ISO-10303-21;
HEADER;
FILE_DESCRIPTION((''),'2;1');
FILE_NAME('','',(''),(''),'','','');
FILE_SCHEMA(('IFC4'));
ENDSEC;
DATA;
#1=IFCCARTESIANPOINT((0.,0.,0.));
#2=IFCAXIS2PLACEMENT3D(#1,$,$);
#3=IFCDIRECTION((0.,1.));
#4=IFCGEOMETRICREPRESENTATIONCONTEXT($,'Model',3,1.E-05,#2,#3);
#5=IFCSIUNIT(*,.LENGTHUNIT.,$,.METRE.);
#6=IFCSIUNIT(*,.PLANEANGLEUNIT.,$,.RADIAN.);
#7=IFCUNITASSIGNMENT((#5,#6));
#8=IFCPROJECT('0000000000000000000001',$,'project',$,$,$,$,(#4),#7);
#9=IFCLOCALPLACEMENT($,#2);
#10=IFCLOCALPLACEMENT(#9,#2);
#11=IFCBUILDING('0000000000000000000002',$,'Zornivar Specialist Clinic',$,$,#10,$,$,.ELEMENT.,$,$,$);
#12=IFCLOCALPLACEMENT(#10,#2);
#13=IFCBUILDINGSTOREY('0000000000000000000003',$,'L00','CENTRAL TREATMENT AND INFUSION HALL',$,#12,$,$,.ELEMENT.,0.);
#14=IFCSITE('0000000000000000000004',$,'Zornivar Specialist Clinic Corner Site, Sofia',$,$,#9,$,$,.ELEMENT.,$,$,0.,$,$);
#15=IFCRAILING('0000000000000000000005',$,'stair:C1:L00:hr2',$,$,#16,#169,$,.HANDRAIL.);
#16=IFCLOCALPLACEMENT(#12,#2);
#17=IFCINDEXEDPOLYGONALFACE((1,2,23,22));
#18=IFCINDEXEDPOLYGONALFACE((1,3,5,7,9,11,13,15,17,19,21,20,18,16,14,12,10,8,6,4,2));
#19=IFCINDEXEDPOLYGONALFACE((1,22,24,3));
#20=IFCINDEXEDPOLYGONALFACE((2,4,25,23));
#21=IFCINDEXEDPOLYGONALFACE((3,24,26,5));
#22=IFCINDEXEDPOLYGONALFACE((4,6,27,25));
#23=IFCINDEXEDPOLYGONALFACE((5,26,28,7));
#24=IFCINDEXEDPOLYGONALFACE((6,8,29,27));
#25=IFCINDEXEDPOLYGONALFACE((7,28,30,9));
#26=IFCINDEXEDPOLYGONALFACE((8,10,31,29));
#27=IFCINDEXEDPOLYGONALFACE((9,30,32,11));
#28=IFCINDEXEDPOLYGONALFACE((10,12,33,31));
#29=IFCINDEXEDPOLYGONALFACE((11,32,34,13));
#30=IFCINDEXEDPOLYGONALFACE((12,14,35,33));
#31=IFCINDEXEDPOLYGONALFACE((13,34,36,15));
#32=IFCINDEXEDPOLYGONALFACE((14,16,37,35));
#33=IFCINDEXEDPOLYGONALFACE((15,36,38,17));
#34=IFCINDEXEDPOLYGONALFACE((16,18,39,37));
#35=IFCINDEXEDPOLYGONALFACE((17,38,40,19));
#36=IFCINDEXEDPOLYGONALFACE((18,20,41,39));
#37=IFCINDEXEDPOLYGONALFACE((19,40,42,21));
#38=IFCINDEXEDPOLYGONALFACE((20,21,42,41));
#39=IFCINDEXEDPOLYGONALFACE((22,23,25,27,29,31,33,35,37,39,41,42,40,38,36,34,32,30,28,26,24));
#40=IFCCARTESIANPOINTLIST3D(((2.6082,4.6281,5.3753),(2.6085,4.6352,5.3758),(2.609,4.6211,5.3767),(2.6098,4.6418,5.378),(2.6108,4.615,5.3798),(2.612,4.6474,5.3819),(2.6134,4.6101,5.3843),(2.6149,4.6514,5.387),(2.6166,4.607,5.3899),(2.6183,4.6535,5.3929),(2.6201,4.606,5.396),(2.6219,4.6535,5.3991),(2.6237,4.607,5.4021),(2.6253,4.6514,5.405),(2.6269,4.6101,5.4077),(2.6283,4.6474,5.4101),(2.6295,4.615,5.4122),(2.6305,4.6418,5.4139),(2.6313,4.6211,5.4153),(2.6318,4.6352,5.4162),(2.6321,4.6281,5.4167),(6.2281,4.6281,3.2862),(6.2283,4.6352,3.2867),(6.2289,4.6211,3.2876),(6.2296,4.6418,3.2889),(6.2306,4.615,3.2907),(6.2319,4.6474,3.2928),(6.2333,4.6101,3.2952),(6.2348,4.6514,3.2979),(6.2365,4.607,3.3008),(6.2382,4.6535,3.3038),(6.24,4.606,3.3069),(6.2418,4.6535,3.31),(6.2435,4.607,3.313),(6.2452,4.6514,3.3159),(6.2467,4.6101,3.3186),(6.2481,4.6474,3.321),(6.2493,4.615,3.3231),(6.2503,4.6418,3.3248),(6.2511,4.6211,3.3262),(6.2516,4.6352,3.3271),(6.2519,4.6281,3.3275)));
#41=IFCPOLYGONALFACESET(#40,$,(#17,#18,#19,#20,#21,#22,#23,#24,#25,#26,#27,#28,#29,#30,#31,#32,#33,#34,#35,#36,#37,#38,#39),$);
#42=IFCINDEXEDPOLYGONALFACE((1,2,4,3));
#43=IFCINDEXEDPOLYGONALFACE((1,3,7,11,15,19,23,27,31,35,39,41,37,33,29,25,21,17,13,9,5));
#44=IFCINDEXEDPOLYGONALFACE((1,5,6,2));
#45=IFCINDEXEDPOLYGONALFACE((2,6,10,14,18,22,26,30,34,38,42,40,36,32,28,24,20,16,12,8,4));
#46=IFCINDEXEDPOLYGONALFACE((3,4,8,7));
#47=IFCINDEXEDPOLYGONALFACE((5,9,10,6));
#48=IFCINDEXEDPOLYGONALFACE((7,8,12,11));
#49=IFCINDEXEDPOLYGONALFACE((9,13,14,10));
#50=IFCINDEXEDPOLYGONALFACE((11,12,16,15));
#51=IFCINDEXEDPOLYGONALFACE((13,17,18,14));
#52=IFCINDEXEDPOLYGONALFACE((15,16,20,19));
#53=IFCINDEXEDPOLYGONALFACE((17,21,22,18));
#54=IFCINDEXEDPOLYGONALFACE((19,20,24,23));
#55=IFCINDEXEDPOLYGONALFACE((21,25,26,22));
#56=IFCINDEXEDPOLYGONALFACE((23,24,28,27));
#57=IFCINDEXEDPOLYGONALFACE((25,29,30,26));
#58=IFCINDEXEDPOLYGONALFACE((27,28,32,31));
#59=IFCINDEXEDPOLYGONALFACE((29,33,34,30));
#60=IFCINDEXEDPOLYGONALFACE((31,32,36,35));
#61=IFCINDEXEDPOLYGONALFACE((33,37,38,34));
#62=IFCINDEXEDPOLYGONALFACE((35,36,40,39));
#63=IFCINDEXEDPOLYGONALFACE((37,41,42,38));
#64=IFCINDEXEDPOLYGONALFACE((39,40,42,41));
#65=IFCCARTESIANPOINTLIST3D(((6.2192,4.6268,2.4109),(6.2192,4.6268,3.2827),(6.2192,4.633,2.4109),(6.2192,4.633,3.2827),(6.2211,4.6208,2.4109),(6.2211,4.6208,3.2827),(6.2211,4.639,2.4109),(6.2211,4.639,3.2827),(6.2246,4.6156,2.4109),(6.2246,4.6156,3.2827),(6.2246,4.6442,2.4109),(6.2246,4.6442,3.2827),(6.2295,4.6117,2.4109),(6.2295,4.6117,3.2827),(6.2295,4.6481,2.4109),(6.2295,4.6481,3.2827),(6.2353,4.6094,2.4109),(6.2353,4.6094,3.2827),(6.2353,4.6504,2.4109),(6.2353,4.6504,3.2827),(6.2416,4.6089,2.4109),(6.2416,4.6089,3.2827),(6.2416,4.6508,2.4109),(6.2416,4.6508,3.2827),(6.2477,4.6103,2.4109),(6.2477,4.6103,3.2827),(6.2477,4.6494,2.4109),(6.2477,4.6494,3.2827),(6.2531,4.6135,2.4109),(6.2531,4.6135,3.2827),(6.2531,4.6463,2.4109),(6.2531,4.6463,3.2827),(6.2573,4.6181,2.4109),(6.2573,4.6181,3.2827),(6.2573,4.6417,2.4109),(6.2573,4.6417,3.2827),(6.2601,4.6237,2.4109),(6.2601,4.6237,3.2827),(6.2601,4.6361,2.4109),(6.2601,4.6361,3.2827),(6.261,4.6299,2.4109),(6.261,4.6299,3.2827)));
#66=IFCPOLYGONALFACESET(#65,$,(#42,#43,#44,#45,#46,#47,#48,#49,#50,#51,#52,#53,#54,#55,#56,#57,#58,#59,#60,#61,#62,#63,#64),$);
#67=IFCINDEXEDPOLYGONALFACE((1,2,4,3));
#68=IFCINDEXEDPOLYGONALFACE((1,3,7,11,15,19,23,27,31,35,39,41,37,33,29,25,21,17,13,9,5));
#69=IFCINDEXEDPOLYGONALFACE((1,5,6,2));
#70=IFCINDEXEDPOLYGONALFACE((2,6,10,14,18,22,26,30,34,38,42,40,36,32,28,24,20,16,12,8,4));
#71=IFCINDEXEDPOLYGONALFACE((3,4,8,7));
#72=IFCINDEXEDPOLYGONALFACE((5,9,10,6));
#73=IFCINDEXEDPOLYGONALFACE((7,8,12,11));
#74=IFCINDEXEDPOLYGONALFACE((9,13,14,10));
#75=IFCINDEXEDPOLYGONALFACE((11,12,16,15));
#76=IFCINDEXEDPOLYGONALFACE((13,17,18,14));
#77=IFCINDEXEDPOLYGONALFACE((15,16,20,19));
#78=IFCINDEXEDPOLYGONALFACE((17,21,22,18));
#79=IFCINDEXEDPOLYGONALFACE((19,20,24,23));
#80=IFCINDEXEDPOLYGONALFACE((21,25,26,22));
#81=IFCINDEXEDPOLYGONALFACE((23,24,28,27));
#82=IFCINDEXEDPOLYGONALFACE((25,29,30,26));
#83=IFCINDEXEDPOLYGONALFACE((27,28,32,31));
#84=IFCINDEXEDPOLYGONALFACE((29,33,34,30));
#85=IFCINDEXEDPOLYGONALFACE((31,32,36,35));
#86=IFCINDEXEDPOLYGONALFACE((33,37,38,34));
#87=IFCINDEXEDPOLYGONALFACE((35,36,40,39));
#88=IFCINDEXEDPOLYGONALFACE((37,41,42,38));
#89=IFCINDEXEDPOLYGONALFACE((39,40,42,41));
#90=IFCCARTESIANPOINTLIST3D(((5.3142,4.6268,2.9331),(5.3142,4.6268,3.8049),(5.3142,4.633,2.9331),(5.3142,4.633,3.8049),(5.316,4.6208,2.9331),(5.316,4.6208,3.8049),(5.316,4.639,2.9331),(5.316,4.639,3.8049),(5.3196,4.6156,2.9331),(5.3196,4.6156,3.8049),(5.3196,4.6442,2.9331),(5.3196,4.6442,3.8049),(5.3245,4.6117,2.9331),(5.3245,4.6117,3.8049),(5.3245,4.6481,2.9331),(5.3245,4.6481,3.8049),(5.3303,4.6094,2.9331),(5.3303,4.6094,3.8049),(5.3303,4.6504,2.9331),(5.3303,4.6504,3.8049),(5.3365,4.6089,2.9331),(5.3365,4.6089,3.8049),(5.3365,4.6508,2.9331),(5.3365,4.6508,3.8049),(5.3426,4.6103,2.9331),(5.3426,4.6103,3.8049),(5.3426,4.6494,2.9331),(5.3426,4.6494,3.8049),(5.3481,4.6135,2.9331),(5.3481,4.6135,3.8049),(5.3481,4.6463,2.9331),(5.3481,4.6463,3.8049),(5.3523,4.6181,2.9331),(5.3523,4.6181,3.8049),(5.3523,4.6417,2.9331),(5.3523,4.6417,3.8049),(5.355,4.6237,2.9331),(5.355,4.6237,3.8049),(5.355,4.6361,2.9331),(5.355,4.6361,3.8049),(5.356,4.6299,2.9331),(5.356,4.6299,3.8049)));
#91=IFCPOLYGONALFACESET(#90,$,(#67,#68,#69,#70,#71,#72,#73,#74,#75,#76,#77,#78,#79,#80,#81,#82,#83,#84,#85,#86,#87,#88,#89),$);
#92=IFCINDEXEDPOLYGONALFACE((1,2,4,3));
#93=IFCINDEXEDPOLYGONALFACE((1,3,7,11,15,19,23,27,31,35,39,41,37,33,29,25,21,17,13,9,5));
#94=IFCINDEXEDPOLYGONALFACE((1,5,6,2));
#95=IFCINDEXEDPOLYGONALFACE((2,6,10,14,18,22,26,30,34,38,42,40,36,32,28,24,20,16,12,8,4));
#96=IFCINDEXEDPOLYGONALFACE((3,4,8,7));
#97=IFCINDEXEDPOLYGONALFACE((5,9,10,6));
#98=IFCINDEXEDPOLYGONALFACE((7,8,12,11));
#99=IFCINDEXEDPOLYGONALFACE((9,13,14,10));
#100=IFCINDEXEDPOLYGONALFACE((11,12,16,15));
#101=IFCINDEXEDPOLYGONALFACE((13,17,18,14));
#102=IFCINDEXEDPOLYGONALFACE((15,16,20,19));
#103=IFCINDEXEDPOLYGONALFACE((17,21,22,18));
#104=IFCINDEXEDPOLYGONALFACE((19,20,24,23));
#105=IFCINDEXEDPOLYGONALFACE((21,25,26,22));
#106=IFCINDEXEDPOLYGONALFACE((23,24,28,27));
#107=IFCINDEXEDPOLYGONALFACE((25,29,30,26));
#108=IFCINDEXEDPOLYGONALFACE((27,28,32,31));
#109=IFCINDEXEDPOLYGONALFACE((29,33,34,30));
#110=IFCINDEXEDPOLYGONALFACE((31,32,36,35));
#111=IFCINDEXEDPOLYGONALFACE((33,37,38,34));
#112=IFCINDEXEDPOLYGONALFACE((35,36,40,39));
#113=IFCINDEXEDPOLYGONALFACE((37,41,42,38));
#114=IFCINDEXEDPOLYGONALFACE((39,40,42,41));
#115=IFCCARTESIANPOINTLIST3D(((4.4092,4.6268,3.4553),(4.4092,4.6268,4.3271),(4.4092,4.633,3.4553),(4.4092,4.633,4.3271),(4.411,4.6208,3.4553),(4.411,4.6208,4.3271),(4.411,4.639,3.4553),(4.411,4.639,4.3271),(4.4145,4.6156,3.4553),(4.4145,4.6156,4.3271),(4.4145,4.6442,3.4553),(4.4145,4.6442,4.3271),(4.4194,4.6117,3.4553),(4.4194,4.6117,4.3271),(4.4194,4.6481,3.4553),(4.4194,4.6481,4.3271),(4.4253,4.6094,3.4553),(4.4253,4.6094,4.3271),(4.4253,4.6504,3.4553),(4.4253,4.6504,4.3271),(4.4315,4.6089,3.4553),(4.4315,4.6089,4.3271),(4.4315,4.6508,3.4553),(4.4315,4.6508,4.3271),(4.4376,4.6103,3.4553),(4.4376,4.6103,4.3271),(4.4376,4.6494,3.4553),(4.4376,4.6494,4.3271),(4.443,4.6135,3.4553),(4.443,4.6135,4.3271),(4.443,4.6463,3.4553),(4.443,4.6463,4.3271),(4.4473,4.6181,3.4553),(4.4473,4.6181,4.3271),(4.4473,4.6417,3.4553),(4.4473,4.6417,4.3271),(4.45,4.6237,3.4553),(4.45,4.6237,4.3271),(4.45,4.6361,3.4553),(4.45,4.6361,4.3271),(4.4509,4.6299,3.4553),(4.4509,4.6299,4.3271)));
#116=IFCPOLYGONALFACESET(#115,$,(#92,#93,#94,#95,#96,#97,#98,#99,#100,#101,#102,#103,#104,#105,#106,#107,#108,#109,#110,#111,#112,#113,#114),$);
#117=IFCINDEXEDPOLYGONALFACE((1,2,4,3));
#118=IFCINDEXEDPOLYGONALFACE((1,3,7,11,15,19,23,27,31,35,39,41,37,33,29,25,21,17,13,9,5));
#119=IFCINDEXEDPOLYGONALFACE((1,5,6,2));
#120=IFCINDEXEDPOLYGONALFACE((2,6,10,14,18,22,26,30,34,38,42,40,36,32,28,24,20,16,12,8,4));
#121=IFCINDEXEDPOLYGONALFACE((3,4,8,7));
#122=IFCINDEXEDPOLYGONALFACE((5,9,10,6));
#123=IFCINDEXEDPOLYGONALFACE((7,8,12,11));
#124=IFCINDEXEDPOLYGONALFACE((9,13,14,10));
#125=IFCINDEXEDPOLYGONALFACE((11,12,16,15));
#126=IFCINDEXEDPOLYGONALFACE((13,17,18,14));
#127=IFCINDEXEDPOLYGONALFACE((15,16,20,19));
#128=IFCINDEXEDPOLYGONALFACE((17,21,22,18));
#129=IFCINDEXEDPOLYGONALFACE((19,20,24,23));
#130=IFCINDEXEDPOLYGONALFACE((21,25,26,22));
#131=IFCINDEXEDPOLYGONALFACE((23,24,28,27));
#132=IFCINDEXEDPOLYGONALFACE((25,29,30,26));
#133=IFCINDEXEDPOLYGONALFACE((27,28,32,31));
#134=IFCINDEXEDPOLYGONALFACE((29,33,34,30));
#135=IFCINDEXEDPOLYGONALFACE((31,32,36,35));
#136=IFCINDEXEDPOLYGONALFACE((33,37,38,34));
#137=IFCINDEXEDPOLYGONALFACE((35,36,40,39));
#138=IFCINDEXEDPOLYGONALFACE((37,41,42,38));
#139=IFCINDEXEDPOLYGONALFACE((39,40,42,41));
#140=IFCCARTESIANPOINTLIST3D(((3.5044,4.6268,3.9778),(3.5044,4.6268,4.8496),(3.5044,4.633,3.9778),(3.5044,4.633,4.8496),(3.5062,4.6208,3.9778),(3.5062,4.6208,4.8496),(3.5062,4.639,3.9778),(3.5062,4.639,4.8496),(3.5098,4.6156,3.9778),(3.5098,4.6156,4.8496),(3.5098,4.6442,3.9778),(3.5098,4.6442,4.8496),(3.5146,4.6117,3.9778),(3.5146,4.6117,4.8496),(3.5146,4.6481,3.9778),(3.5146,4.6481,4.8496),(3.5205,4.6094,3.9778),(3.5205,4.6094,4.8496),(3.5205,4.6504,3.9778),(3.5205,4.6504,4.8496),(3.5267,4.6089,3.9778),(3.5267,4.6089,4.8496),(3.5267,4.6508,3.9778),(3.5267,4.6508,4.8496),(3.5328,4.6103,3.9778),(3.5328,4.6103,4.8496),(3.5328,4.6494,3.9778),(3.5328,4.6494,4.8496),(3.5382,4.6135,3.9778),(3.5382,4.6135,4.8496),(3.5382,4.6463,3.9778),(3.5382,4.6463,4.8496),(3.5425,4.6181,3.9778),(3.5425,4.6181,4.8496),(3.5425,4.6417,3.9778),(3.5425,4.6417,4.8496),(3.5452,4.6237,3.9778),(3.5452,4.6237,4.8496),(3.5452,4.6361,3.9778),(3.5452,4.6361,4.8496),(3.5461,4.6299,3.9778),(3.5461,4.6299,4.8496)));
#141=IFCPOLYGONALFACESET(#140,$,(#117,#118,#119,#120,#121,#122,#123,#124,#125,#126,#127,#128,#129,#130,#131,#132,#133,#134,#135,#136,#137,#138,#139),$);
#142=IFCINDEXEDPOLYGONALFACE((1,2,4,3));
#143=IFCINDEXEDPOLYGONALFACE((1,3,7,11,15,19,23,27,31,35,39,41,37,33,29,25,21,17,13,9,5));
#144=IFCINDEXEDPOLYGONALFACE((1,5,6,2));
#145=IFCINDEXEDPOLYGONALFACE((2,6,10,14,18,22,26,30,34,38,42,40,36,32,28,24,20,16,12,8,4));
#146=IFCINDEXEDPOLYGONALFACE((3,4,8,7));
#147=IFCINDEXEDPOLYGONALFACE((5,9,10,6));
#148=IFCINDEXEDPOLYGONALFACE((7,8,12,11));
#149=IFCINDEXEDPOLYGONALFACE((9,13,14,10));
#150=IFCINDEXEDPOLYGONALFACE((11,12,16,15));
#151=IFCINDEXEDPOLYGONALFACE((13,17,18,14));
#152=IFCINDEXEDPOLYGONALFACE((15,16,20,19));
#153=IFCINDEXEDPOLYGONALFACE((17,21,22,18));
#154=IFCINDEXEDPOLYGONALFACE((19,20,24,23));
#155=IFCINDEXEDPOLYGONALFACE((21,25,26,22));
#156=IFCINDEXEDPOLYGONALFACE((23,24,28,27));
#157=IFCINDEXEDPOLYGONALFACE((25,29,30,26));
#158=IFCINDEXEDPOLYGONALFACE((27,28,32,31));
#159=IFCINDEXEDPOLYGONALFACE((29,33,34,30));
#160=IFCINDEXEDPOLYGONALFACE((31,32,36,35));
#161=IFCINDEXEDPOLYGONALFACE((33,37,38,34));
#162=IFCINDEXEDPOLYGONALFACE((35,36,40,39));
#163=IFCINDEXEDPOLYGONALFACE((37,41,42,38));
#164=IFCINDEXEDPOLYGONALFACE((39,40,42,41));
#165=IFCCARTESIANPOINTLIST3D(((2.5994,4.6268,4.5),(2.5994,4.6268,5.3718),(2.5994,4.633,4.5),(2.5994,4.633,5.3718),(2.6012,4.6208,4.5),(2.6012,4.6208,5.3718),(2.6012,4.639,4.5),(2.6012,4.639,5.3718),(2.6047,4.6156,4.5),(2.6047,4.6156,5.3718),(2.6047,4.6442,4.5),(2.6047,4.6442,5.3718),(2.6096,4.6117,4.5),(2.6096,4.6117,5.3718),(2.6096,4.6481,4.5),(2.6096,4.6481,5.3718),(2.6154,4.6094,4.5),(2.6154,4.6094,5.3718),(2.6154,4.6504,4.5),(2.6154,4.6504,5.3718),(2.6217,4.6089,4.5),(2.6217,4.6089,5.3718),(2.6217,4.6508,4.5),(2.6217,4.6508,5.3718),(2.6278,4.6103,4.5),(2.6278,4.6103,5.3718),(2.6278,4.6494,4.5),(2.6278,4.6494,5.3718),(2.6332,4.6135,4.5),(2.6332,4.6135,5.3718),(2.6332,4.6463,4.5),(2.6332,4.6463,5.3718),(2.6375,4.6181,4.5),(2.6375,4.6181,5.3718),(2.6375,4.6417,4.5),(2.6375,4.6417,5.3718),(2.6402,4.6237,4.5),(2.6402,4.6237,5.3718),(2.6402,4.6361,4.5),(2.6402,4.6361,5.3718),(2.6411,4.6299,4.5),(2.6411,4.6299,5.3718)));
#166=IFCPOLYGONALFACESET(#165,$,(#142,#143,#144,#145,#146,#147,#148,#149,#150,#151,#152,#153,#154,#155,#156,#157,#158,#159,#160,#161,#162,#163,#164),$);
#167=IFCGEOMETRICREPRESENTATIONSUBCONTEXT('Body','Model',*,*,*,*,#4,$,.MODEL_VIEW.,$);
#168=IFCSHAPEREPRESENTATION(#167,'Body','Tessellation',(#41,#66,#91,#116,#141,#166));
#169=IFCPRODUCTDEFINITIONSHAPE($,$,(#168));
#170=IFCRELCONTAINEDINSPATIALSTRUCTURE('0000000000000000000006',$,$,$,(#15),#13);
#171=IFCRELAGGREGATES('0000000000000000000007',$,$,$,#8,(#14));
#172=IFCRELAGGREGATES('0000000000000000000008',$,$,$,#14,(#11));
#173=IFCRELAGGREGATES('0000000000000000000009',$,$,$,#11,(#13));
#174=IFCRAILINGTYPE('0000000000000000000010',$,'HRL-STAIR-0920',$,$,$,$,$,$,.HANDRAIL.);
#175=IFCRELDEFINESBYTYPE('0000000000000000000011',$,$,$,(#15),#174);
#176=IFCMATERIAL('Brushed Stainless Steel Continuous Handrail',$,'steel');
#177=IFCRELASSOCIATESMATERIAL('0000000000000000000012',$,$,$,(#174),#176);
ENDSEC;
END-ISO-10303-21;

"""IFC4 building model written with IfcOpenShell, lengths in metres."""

from ifc_helpers import new_model, si_unit, direction, frame, origin, origin_2d, place, context, subcontext, project, spatial, circle, extrude, material, type_object, element, save


model = new_model("IFC4")

# Units and contexts
model_context = context("Model", 3, precision=1e-05, world=origin(), true_north=direction((0.0, 1.0)))
body_context = subcontext(model_context, "Body", "Model", "MODEL_VIEW")
ifc_project = project(units=[si_unit("LENGTHUNIT", "METRE"), si_unit("PLANEANGLEUNIT", "RADIAN")], contexts=[model_context])

# Site, building, storey
site_placement = place(None, origin())
site = spatial("IfcSite", under=ifc_project, at=site_placement, Name="Zornivar Specialist Clinic Corner Site, Sofia", CompositionType="ELEMENT", RefElevation=0.0)
building_placement = place(site_placement, origin())
building = spatial("IfcBuilding", under=site, at=building_placement, Name="Zornivar Specialist Clinic", CompositionType="ELEMENT")
storey_placement = place(building_placement, origin())
storey = spatial("IfcBuildingStorey", under=building, at=storey_placement, Name="L00", Description="CENTRAL TREATMENT AND INFUSION HALL", CompositionType="ELEMENT", Elevation=0.0)

# Railing
ifc_material_1 = material(Name="Brushed Stainless Steel Continuous Handrail", Category="steel")
railing_type_1 = type_object("IfcRailingType", Name="HRL-STAIR-0920", PredefinedType="HANDRAIL", material=ifc_material_1)
railing_1_placement = place(storey_placement, frame((6.24, 4.6299, 2.4109)))
element("IfcRailing", 1, at=railing_1_placement, inside=storey, type_object=railing_type_1, Name="stair:C1:L00:hr2", PredefinedType="HANDRAIL", context=body_context, shape_type="SweptSolid", body=[
    extrude(circle(Radius=0.0239, at=origin_2d()), frame((0.0, 0.0, 0.896), z_axis=(-0.866111, 0.0, 0.499852), x_axis=(0.0, -1.0, 0.0)), (0.0, 0.0, 1.0), 4.1794),
    extrude(circle(Radius=0.021, at=origin_2d()), origin(), (0.0, 0.0, 1.0), 0.8718),
    extrude(circle(Radius=0.021, at=origin_2d()), frame((-0.905, 0.0, 0.5222)), (0.0, 0.0, 1.0), 0.8718),
    extrude(circle(Radius=0.021, at=origin_2d()), frame((-1.8101, 0.0, 1.0444)), (0.0, 0.0, 1.0), 0.8718),
    extrude(circle(Radius=0.021, at=origin_2d()), frame((-2.7148, 0.0, 1.5669)), (0.0, 0.0, 1.0), 0.8718),
    extrude(circle(Radius=0.021, at=origin_2d()), frame((-3.6199, 0.0, 2.0891)), (0.0, 0.0, 1.0), 0.8718),
])

save(model, "model.ifc")
